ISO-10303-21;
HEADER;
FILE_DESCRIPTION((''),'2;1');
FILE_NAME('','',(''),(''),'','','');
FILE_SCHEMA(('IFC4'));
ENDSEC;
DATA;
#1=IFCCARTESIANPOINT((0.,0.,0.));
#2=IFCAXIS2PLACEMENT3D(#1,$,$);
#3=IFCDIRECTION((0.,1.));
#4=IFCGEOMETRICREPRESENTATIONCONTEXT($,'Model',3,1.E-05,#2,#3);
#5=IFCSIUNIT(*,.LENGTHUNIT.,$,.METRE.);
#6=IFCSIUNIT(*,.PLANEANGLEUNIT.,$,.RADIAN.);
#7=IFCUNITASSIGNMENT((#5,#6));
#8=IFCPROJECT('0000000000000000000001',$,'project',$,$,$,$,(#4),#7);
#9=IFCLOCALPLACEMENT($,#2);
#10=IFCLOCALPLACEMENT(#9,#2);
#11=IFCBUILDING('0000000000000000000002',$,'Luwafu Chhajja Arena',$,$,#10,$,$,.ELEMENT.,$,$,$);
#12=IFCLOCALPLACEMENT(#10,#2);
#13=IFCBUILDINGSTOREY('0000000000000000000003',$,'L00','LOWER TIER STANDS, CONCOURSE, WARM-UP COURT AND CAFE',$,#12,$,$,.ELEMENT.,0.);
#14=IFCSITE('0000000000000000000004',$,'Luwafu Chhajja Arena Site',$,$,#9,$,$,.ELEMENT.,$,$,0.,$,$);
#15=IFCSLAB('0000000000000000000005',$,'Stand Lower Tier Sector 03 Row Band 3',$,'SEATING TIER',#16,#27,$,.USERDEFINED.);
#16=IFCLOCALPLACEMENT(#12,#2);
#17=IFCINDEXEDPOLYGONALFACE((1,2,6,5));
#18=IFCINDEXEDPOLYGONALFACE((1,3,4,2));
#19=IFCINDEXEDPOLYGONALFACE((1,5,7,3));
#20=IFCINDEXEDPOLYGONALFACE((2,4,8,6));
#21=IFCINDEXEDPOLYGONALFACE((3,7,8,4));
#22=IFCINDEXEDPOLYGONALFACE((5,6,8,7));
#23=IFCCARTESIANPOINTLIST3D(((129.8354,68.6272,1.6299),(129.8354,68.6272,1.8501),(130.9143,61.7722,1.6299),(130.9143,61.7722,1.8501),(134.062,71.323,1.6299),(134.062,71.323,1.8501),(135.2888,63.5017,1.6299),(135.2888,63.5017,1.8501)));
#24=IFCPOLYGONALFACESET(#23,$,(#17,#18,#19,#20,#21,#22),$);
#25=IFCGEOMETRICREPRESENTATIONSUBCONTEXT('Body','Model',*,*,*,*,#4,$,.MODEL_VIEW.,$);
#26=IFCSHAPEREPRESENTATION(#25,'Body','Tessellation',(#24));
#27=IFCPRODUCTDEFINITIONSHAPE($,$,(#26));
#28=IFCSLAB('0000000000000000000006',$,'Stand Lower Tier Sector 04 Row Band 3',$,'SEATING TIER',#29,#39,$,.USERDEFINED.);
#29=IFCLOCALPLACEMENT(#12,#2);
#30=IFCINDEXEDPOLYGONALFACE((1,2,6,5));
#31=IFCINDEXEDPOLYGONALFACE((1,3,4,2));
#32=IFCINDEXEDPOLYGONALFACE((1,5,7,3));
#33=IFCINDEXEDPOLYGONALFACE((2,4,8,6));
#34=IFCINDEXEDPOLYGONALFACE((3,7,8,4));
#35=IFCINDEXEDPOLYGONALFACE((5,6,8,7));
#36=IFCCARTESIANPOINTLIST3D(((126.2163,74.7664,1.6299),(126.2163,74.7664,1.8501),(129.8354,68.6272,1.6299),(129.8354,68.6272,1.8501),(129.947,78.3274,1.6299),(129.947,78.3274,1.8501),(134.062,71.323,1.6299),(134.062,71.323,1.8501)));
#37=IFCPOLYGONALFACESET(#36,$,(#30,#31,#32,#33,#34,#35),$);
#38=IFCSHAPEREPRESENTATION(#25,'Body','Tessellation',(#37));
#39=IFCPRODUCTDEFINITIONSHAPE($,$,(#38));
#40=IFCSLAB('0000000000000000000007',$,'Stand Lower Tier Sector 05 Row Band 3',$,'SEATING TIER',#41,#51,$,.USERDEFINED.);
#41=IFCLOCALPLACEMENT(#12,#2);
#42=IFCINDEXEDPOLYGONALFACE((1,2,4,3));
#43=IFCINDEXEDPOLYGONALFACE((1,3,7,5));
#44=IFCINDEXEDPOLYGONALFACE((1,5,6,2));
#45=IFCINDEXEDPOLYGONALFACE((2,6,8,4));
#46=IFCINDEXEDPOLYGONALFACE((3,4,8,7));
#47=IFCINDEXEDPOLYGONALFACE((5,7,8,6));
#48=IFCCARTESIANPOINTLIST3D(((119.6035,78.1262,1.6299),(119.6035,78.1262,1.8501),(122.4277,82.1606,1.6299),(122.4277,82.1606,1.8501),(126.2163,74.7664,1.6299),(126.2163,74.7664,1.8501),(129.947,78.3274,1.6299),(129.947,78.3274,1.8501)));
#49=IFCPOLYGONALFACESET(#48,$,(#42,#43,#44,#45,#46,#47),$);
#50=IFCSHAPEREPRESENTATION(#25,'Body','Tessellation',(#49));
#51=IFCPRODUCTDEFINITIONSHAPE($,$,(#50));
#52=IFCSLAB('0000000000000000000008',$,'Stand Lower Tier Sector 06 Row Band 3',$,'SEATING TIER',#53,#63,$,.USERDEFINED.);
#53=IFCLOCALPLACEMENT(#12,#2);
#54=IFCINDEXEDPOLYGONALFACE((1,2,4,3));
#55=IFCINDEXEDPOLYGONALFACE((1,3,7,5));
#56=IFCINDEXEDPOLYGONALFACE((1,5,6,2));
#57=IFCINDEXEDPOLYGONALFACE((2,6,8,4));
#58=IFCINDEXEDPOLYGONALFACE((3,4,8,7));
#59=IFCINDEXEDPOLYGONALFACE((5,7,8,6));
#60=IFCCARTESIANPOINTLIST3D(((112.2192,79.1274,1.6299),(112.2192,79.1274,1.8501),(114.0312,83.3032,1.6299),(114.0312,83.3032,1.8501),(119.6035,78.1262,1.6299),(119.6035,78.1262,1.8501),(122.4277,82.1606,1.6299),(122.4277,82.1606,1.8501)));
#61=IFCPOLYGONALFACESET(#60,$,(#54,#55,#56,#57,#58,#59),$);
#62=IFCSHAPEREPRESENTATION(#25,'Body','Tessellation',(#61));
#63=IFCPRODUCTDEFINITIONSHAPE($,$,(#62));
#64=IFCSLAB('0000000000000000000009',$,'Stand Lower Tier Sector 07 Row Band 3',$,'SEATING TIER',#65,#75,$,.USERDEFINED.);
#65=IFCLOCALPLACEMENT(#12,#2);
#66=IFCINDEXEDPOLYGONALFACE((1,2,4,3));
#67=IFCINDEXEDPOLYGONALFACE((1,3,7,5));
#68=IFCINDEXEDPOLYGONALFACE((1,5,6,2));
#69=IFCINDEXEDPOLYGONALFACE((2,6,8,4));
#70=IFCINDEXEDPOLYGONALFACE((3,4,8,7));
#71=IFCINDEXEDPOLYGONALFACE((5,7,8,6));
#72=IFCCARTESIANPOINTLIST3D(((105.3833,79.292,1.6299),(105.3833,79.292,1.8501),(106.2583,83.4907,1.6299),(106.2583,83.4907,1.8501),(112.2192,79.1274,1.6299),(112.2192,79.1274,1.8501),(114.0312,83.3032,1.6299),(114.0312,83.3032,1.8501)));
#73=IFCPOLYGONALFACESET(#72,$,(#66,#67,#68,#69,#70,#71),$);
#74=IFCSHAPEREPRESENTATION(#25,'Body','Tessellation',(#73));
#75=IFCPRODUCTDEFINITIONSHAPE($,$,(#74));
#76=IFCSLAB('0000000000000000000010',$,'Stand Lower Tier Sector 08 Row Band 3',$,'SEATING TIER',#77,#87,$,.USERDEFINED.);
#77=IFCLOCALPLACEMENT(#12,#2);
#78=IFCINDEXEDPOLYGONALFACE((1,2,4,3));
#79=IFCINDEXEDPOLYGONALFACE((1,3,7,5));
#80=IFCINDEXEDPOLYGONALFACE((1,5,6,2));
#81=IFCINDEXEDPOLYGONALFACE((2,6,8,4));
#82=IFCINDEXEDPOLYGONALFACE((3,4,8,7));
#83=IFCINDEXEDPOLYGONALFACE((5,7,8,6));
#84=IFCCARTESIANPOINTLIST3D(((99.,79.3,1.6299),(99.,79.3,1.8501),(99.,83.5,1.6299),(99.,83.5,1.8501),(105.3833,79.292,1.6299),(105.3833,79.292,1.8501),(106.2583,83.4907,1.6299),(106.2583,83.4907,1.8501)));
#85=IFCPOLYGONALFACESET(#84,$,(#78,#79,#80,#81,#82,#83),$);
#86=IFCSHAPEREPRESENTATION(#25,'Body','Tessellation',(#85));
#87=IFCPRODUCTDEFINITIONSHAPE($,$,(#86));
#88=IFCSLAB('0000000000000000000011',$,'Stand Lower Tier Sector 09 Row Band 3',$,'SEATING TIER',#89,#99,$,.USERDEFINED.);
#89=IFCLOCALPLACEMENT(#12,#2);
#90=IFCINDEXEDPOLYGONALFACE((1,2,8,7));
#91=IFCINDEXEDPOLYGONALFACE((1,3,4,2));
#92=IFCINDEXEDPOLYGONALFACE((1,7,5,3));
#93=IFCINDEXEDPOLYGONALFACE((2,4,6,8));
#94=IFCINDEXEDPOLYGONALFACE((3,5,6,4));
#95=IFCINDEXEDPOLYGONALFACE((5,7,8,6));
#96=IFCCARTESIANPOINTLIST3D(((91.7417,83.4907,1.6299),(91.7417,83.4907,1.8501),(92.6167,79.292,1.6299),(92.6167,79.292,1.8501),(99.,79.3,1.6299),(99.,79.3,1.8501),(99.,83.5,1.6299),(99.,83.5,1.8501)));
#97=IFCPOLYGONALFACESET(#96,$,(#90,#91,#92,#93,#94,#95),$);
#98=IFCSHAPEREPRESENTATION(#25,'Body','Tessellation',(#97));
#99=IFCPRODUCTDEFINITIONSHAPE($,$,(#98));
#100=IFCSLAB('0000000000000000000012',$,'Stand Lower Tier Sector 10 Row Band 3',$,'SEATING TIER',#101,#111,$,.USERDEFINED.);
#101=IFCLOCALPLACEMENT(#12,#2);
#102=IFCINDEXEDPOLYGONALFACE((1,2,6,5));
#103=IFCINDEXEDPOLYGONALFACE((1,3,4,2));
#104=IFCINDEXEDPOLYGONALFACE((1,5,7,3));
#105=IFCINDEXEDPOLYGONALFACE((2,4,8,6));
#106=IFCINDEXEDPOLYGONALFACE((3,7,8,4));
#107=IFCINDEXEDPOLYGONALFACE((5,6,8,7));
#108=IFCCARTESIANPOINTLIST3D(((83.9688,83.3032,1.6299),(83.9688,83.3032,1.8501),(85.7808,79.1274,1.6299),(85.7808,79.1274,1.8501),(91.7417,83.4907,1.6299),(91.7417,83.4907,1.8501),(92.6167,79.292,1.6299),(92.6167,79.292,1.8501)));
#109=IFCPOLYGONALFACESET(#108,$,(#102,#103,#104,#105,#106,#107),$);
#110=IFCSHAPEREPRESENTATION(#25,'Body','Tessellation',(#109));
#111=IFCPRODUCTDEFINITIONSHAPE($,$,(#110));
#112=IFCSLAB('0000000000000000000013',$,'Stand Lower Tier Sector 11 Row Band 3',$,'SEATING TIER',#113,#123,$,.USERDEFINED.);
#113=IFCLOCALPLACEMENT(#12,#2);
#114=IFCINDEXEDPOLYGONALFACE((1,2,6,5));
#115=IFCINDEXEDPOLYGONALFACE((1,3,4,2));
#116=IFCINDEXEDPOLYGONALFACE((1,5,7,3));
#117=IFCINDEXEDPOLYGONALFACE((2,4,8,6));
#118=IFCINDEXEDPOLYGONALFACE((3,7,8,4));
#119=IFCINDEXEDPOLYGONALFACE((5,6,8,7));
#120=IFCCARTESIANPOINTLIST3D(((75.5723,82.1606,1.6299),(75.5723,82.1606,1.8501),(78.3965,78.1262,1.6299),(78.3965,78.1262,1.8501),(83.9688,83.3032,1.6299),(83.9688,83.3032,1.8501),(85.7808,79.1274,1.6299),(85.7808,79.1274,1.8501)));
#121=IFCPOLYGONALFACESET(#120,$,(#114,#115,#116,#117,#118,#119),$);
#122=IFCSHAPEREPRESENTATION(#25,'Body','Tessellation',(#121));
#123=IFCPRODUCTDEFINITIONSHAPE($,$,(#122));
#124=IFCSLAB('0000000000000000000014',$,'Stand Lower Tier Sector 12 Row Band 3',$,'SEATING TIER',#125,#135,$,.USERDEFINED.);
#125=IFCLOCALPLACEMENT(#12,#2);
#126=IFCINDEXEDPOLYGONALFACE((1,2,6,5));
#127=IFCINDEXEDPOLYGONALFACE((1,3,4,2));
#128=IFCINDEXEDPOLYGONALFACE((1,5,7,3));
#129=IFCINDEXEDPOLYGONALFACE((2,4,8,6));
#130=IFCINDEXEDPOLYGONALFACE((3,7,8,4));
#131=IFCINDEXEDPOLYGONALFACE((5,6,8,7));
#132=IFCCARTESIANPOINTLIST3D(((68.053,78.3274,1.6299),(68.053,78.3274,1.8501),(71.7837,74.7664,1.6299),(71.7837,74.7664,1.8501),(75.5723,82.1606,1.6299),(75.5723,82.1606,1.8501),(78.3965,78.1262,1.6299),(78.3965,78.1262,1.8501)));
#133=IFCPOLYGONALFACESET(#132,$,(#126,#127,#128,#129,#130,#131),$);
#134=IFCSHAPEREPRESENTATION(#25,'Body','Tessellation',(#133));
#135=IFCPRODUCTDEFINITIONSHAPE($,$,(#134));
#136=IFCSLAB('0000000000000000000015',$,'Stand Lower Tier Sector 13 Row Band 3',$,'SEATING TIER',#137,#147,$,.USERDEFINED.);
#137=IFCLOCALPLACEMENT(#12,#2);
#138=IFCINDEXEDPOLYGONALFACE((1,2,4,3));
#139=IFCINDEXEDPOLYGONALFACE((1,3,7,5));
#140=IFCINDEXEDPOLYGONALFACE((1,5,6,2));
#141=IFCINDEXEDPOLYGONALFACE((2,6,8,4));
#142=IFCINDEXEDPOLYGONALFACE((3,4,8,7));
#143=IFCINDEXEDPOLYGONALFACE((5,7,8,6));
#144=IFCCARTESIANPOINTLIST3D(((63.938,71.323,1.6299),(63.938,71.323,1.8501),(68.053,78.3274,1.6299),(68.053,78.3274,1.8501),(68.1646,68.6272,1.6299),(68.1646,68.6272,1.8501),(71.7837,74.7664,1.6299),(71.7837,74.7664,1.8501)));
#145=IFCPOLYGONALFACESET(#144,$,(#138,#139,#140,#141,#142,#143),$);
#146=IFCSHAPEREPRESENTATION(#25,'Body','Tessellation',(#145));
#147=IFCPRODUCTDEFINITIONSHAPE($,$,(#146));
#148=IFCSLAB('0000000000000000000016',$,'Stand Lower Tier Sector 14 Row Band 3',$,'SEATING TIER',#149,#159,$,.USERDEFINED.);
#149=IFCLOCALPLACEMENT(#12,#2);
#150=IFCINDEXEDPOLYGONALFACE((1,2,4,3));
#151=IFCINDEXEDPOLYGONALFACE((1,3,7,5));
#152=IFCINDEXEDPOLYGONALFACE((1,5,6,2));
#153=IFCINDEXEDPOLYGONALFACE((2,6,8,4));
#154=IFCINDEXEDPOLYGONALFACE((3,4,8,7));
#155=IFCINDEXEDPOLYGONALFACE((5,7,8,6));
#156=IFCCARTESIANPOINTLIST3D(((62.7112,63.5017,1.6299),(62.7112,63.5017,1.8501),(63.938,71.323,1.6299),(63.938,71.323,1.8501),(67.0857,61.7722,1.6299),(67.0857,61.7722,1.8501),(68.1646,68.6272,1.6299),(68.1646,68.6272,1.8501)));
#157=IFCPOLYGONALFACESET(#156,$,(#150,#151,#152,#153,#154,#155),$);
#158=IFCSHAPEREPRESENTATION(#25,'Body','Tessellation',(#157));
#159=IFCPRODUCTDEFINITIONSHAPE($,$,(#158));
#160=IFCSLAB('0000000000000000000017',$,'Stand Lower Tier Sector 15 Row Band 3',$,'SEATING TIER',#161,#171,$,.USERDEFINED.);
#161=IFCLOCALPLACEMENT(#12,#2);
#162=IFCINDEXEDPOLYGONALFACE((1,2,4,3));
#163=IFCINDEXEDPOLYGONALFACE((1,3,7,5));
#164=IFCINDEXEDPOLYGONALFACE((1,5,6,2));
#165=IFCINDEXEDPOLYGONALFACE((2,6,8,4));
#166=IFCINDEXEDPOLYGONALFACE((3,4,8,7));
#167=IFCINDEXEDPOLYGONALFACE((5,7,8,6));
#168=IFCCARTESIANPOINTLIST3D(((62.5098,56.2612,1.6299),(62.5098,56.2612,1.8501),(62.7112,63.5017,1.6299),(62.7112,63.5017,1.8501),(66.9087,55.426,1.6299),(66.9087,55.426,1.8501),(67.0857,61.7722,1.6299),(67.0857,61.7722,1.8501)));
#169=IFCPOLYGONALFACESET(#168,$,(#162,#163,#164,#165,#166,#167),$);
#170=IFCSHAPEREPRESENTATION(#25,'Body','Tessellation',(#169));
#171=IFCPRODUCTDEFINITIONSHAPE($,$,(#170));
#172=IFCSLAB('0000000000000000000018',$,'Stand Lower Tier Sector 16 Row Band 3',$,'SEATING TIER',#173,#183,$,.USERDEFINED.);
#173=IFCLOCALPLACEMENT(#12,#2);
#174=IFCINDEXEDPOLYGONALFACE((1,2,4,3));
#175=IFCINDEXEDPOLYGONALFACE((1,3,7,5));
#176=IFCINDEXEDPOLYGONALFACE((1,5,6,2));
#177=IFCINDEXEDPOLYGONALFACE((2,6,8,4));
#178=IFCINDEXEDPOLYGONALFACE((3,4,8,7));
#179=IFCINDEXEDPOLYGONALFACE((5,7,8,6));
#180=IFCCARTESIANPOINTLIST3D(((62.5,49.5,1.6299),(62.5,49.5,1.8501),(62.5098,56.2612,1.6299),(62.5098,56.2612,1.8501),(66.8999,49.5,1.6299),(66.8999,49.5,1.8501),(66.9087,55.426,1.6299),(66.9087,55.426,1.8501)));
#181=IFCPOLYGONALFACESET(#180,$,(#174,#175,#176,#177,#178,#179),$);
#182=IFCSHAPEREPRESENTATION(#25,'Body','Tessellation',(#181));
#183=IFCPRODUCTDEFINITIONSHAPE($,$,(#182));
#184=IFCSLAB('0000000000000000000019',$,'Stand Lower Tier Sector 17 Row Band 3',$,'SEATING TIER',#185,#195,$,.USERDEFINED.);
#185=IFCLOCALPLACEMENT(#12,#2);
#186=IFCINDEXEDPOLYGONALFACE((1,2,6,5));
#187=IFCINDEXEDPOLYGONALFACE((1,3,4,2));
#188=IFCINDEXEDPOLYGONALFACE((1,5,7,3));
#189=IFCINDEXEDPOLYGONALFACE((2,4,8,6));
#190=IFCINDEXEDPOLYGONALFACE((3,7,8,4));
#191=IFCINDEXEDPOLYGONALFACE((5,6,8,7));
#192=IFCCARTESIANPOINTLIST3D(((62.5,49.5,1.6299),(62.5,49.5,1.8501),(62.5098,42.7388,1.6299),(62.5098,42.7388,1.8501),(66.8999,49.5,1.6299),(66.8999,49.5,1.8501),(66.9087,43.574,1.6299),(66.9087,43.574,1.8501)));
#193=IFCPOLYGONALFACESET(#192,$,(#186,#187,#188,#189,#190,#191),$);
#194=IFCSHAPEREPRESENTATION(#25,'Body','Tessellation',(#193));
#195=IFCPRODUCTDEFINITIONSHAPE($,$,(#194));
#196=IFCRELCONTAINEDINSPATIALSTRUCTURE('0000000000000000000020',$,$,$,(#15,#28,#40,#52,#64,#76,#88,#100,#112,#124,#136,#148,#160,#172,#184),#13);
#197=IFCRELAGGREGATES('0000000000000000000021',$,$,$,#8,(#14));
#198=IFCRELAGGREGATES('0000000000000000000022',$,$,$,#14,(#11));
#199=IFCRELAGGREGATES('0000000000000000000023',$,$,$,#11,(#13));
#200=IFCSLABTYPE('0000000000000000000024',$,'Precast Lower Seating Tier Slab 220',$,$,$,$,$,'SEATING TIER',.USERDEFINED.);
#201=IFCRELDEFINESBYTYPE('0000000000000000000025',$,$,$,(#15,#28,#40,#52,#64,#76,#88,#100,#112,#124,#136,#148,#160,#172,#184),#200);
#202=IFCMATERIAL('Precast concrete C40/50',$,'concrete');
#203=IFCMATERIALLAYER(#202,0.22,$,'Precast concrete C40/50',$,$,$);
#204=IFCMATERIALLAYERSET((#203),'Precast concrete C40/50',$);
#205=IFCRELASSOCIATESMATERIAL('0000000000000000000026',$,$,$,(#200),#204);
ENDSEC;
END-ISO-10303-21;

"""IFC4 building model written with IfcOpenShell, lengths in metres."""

from ifc_helpers import new_model, si_unit, direction, frame, origin, place, context, subcontext, project, spatial, polyline, outline, extrude, material, layer, layer_set, type_object, element, save


model = new_model("IFC4")

# Units and contexts
model_context = context("Model", 3, precision=1e-05, world=origin(), true_north=direction((0.0, 1.0)))
body_context = subcontext(model_context, "Body", "Model", "MODEL_VIEW")
ifc_project = project(units=[si_unit("LENGTHUNIT", "METRE"), si_unit("PLANEANGLEUNIT", "RADIAN")], contexts=[model_context])

# Site, building, storey
site_placement = place(None, origin())
site = spatial("IfcSite", under=ifc_project, at=site_placement, Name="Luwafu Chhajja Arena Site", CompositionType="ELEMENT", RefElevation=0.0)
building_placement = place(site_placement, origin())
building = spatial("IfcBuilding", under=site, at=building_placement, Name="Luwafu Chhajja Arena", CompositionType="ELEMENT")
storey_placement = place(building_placement, origin())
storey = spatial("IfcBuildingStorey", under=building, at=storey_placement, Name="L00", Description="LOWER TIER STANDS, CONCOURSE, WARM-UP COURT AND CAFE", CompositionType="ELEMENT", Elevation=0.0)

# Slabs
ifc_material = material(Name="Precast concrete C40/50", Category="concrete")
ifc_layer = layer(ifc_material, 0.22, Name="Precast concrete C40/50")
ifc_layer_set = layer_set([ifc_layer], Name="Precast concrete C40/50")
slab_type = type_object("IfcSlabType", Name="Precast Lower Seating Tier Slab 220", ElementType="SEATING TIER", PredefinedType="USERDEFINED", material=ifc_layer_set)
slab_1_placement = place(storey_placement, frame((0.0, 0.0, 1.6299)))
element("IfcSlab", 1, at=slab_1_placement, inside=storey, type_object=slab_type, Name="Stand Lower Tier Sector 03 Row Band 3", ObjectType="SEATING TIER", PredefinedType="USERDEFINED", context=body_context, shape_type="SweptSolid", body=[
    extrude(outline(polyline([(130.9143, 61.7722), (129.8354, 68.6272), (134.062, 71.323), (135.2888, 63.5017), (130.9143, 61.7722)])), origin(), (0.0, 0.0, 1.0), 0.2202),
])
slab_2_placement = place(storey_placement, frame((0.0, 0.0, 1.6299)))
element("IfcSlab", 2, at=slab_2_placement, inside=storey, type_object=slab_type, Name="Stand Lower Tier Sector 04 Row Band 3", ObjectType="SEATING TIER", PredefinedType="USERDEFINED", context=body_context, shape_type="SweptSolid", body=[
    extrude(outline(polyline([(129.8354, 68.6272), (126.2163, 74.7664), (129.947, 78.3274), (134.062, 71.323), (129.8354, 68.6272)])), origin(), (0.0, 0.0, 1.0), 0.2202),
])
slab_3_placement = place(storey_placement, frame((0.0, 0.0, 1.6299)))
element("IfcSlab", 3, at=slab_3_placement, inside=storey, type_object=slab_type, Name="Stand Lower Tier Sector 05 Row Band 3", ObjectType="SEATING TIER", PredefinedType="USERDEFINED", context=body_context, shape_type="SweptSolid", body=[
    extrude(outline(polyline([(126.2163, 74.7664), (119.6035, 78.1262), (122.4277, 82.1606), (129.947, 78.3274), (126.2163, 74.7664)])), origin(), (0.0, 0.0, 1.0), 0.2202),
])
slab_4_placement = place(storey_placement, frame((0.0, 0.0, 1.6299)))
element("IfcSlab", 4, at=slab_4_placement, inside=storey, type_object=slab_type, Name="Stand Lower Tier Sector 06 Row Band 3", ObjectType="SEATING TIER", PredefinedType="USERDEFINED", context=body_context, shape_type="SweptSolid", body=[
    extrude(outline(polyline([(119.6035, 78.1262), (112.2192, 79.1274), (114.0312, 83.3032), (122.4277, 82.1606), (119.6035, 78.1262)])), origin(), (0.0, 0.0, 1.0), 0.2202),
])
slab_5_placement = place(storey_placement, frame((0.0, 0.0, 1.6299)))
element("IfcSlab", 5, at=slab_5_placement, inside=storey, type_object=slab_type, Name="Stand Lower Tier Sector 07 Row Band 3", ObjectType="SEATING TIER", PredefinedType="USERDEFINED", context=body_context, shape_type="SweptSolid", body=[
    extrude(outline(polyline([(112.2192, 79.1274), (105.3833, 79.292), (106.2583, 83.4907), (114.0312, 83.3032), (112.2192, 79.1274)])), origin(), (0.0, 0.0, 1.0), 0.2202),
])
slab_6_placement = place(storey_placement, frame((0.0, 0.0, 1.6299)))
element("IfcSlab", 6, at=slab_6_placement, inside=storey, type_object=slab_type, Name="Stand Lower Tier Sector 08 Row Band 3", ObjectType="SEATING TIER", PredefinedType="USERDEFINED", context=body_context, shape_type="SweptSolid", body=[
    extrude(outline(polyline([(105.3833, 79.292), (99.0, 79.3), (99.0, 83.5), (106.2583, 83.4907), (105.3833, 79.292)])), origin(), (0.0, 0.0, 1.0), 0.2202),
])
slab_7_placement = place(storey_placement, frame((0.0, 0.0, 1.6299)))
element("IfcSlab", 7, at=slab_7_placement, inside=storey, type_object=slab_type, Name="Stand Lower Tier Sector 09 Row Band 3", ObjectType="SEATING TIER", PredefinedType="USERDEFINED", context=body_context, shape_type="SweptSolid", body=[
    extrude(outline(polyline([(99.0, 79.3), (92.6167, 79.292), (91.7417, 83.4907), (99.0, 83.5), (99.0, 79.3)])), origin(), (0.0, 0.0, 1.0), 0.2202),
])
slab_8_placement = place(storey_placement, frame((0.0, 0.0, 1.6299)))
element("IfcSlab", 8, at=slab_8_placement, inside=storey, type_object=slab_type, Name="Stand Lower Tier Sector 10 Row Band 3", ObjectType="SEATING TIER", PredefinedType="USERDEFINED", context=body_context, shape_type="SweptSolid", body=[
    extrude(outline(polyline([(92.6167, 79.292), (85.7808, 79.1274), (83.9688, 83.3032), (91.7417, 83.4907), (92.6167, 79.292)])), origin(), (0.0, 0.0, 1.0), 0.2202),
])
slab_9_placement = place(storey_placement, frame((0.0, 0.0, 1.6299)))
element("IfcSlab", 9, at=slab_9_placement, inside=storey, type_object=slab_type, Name="Stand Lower Tier Sector 11 Row Band 3", ObjectType="SEATING TIER", PredefinedType="USERDEFINED", context=body_context, shape_type="SweptSolid", body=[
    extrude(outline(polyline([(85.7808, 79.1274), (78.3965, 78.1262), (75.5723, 82.1606), (83.9688, 83.3032), (85.7808, 79.1274)])), origin(), (0.0, 0.0, 1.0), 0.2202),
])
slab_10_placement = place(storey_placement, frame((0.0, 0.0, 1.6299)))
element("IfcSlab", 10, at=slab_10_placement, inside=storey, type_object=slab_type, Name="Stand Lower Tier Sector 12 Row Band 3", ObjectType="SEATING TIER", PredefinedType="USERDEFINED", context=body_context, shape_type="SweptSolid", body=[
    extrude(outline(polyline([(78.3965, 78.1262), (71.7837, 74.7664), (68.053, 78.3274), (75.5723, 82.1606), (78.3965, 78.1262)])), origin(), (0.0, 0.0, 1.0), 0.2202),
])
slab_11_placement = place(storey_placement, frame((0.0, 0.0, 1.6299)))
element("IfcSlab", 11, at=slab_11_placement, inside=storey, type_object=slab_type, Name="Stand Lower Tier Sector 13 Row Band 3", ObjectType="SEATING TIER", PredefinedType="USERDEFINED", context=body_context, shape_type="SweptSolid", body=[
    extrude(outline(polyline([(71.7837, 74.7664), (68.1646, 68.6272), (63.938, 71.323), (68.053, 78.3274), (71.7837, 74.7664)])), origin(), (0.0, 0.0, 1.0), 0.2202),
])
slab_12_placement = place(storey_placement, frame((0.0, 0.0, 1.6299)))
element("IfcSlab", 12, at=slab_12_placement, inside=storey, type_object=slab_type, Name="Stand Lower Tier Sector 14 Row Band 3", ObjectType="SEATING TIER", PredefinedType="USERDEFINED", context=body_context, shape_type="SweptSolid", body=[
    extrude(outline(polyline([(68.1646, 68.6272), (67.0857, 61.7722), (62.7112, 63.5017), (63.938, 71.323), (68.1646, 68.6272)])), origin(), (0.0, 0.0, 1.0), 0.2202),
])
slab_13_placement = place(storey_placement, frame((0.0, 0.0, 1.6299)))
element("IfcSlab", 13, at=slab_13_placement, inside=storey, type_object=slab_type, Name="Stand Lower Tier Sector 15 Row Band 3", ObjectType="SEATING TIER", PredefinedType="USERDEFINED", context=body_context, shape_type="SweptSolid", body=[
    extrude(outline(polyline([(67.0857, 61.7722), (66.9087, 55.426), (62.5098, 56.2612), (62.7112, 63.5017), (67.0857, 61.7722)])), origin(), (0.0, 0.0, 1.0), 0.2202),
])
slab_14_placement = place(storey_placement, frame((0.0, 0.0, 1.6299)))
element("IfcSlab", 14, at=slab_14_placement, inside=storey, type_object=slab_type, Name="Stand Lower Tier Sector 16 Row Band 3", ObjectType="SEATING TIER", PredefinedType="USERDEFINED", context=body_context, shape_type="SweptSolid", body=[
    extrude(outline(polyline([(66.9087, 55.426), (66.8999, 49.5), (62.5, 49.5), (62.5098, 56.2612), (66.9087, 55.426)])), origin(), (0.0, 0.0, 1.0), 0.2202),
])
slab_15_placement = place(storey_placement, frame((0.0, 0.0, 1.6299)))
element("IfcSlab", 15, at=slab_15_placement, inside=storey, type_object=slab_type, Name="Stand Lower Tier Sector 17 Row Band 3", ObjectType="SEATING TIER", PredefinedType="USERDEFINED", context=body_context, shape_type="SweptSolid", body=[
    extrude(outline(polyline([(66.8999, 49.5), (66.9087, 43.574), (62.5098, 42.7388), (62.5, 49.5), (66.8999, 49.5)])), origin(), (0.0, 0.0, 1.0), 0.2202),
])

save(model, "model.ifc")
